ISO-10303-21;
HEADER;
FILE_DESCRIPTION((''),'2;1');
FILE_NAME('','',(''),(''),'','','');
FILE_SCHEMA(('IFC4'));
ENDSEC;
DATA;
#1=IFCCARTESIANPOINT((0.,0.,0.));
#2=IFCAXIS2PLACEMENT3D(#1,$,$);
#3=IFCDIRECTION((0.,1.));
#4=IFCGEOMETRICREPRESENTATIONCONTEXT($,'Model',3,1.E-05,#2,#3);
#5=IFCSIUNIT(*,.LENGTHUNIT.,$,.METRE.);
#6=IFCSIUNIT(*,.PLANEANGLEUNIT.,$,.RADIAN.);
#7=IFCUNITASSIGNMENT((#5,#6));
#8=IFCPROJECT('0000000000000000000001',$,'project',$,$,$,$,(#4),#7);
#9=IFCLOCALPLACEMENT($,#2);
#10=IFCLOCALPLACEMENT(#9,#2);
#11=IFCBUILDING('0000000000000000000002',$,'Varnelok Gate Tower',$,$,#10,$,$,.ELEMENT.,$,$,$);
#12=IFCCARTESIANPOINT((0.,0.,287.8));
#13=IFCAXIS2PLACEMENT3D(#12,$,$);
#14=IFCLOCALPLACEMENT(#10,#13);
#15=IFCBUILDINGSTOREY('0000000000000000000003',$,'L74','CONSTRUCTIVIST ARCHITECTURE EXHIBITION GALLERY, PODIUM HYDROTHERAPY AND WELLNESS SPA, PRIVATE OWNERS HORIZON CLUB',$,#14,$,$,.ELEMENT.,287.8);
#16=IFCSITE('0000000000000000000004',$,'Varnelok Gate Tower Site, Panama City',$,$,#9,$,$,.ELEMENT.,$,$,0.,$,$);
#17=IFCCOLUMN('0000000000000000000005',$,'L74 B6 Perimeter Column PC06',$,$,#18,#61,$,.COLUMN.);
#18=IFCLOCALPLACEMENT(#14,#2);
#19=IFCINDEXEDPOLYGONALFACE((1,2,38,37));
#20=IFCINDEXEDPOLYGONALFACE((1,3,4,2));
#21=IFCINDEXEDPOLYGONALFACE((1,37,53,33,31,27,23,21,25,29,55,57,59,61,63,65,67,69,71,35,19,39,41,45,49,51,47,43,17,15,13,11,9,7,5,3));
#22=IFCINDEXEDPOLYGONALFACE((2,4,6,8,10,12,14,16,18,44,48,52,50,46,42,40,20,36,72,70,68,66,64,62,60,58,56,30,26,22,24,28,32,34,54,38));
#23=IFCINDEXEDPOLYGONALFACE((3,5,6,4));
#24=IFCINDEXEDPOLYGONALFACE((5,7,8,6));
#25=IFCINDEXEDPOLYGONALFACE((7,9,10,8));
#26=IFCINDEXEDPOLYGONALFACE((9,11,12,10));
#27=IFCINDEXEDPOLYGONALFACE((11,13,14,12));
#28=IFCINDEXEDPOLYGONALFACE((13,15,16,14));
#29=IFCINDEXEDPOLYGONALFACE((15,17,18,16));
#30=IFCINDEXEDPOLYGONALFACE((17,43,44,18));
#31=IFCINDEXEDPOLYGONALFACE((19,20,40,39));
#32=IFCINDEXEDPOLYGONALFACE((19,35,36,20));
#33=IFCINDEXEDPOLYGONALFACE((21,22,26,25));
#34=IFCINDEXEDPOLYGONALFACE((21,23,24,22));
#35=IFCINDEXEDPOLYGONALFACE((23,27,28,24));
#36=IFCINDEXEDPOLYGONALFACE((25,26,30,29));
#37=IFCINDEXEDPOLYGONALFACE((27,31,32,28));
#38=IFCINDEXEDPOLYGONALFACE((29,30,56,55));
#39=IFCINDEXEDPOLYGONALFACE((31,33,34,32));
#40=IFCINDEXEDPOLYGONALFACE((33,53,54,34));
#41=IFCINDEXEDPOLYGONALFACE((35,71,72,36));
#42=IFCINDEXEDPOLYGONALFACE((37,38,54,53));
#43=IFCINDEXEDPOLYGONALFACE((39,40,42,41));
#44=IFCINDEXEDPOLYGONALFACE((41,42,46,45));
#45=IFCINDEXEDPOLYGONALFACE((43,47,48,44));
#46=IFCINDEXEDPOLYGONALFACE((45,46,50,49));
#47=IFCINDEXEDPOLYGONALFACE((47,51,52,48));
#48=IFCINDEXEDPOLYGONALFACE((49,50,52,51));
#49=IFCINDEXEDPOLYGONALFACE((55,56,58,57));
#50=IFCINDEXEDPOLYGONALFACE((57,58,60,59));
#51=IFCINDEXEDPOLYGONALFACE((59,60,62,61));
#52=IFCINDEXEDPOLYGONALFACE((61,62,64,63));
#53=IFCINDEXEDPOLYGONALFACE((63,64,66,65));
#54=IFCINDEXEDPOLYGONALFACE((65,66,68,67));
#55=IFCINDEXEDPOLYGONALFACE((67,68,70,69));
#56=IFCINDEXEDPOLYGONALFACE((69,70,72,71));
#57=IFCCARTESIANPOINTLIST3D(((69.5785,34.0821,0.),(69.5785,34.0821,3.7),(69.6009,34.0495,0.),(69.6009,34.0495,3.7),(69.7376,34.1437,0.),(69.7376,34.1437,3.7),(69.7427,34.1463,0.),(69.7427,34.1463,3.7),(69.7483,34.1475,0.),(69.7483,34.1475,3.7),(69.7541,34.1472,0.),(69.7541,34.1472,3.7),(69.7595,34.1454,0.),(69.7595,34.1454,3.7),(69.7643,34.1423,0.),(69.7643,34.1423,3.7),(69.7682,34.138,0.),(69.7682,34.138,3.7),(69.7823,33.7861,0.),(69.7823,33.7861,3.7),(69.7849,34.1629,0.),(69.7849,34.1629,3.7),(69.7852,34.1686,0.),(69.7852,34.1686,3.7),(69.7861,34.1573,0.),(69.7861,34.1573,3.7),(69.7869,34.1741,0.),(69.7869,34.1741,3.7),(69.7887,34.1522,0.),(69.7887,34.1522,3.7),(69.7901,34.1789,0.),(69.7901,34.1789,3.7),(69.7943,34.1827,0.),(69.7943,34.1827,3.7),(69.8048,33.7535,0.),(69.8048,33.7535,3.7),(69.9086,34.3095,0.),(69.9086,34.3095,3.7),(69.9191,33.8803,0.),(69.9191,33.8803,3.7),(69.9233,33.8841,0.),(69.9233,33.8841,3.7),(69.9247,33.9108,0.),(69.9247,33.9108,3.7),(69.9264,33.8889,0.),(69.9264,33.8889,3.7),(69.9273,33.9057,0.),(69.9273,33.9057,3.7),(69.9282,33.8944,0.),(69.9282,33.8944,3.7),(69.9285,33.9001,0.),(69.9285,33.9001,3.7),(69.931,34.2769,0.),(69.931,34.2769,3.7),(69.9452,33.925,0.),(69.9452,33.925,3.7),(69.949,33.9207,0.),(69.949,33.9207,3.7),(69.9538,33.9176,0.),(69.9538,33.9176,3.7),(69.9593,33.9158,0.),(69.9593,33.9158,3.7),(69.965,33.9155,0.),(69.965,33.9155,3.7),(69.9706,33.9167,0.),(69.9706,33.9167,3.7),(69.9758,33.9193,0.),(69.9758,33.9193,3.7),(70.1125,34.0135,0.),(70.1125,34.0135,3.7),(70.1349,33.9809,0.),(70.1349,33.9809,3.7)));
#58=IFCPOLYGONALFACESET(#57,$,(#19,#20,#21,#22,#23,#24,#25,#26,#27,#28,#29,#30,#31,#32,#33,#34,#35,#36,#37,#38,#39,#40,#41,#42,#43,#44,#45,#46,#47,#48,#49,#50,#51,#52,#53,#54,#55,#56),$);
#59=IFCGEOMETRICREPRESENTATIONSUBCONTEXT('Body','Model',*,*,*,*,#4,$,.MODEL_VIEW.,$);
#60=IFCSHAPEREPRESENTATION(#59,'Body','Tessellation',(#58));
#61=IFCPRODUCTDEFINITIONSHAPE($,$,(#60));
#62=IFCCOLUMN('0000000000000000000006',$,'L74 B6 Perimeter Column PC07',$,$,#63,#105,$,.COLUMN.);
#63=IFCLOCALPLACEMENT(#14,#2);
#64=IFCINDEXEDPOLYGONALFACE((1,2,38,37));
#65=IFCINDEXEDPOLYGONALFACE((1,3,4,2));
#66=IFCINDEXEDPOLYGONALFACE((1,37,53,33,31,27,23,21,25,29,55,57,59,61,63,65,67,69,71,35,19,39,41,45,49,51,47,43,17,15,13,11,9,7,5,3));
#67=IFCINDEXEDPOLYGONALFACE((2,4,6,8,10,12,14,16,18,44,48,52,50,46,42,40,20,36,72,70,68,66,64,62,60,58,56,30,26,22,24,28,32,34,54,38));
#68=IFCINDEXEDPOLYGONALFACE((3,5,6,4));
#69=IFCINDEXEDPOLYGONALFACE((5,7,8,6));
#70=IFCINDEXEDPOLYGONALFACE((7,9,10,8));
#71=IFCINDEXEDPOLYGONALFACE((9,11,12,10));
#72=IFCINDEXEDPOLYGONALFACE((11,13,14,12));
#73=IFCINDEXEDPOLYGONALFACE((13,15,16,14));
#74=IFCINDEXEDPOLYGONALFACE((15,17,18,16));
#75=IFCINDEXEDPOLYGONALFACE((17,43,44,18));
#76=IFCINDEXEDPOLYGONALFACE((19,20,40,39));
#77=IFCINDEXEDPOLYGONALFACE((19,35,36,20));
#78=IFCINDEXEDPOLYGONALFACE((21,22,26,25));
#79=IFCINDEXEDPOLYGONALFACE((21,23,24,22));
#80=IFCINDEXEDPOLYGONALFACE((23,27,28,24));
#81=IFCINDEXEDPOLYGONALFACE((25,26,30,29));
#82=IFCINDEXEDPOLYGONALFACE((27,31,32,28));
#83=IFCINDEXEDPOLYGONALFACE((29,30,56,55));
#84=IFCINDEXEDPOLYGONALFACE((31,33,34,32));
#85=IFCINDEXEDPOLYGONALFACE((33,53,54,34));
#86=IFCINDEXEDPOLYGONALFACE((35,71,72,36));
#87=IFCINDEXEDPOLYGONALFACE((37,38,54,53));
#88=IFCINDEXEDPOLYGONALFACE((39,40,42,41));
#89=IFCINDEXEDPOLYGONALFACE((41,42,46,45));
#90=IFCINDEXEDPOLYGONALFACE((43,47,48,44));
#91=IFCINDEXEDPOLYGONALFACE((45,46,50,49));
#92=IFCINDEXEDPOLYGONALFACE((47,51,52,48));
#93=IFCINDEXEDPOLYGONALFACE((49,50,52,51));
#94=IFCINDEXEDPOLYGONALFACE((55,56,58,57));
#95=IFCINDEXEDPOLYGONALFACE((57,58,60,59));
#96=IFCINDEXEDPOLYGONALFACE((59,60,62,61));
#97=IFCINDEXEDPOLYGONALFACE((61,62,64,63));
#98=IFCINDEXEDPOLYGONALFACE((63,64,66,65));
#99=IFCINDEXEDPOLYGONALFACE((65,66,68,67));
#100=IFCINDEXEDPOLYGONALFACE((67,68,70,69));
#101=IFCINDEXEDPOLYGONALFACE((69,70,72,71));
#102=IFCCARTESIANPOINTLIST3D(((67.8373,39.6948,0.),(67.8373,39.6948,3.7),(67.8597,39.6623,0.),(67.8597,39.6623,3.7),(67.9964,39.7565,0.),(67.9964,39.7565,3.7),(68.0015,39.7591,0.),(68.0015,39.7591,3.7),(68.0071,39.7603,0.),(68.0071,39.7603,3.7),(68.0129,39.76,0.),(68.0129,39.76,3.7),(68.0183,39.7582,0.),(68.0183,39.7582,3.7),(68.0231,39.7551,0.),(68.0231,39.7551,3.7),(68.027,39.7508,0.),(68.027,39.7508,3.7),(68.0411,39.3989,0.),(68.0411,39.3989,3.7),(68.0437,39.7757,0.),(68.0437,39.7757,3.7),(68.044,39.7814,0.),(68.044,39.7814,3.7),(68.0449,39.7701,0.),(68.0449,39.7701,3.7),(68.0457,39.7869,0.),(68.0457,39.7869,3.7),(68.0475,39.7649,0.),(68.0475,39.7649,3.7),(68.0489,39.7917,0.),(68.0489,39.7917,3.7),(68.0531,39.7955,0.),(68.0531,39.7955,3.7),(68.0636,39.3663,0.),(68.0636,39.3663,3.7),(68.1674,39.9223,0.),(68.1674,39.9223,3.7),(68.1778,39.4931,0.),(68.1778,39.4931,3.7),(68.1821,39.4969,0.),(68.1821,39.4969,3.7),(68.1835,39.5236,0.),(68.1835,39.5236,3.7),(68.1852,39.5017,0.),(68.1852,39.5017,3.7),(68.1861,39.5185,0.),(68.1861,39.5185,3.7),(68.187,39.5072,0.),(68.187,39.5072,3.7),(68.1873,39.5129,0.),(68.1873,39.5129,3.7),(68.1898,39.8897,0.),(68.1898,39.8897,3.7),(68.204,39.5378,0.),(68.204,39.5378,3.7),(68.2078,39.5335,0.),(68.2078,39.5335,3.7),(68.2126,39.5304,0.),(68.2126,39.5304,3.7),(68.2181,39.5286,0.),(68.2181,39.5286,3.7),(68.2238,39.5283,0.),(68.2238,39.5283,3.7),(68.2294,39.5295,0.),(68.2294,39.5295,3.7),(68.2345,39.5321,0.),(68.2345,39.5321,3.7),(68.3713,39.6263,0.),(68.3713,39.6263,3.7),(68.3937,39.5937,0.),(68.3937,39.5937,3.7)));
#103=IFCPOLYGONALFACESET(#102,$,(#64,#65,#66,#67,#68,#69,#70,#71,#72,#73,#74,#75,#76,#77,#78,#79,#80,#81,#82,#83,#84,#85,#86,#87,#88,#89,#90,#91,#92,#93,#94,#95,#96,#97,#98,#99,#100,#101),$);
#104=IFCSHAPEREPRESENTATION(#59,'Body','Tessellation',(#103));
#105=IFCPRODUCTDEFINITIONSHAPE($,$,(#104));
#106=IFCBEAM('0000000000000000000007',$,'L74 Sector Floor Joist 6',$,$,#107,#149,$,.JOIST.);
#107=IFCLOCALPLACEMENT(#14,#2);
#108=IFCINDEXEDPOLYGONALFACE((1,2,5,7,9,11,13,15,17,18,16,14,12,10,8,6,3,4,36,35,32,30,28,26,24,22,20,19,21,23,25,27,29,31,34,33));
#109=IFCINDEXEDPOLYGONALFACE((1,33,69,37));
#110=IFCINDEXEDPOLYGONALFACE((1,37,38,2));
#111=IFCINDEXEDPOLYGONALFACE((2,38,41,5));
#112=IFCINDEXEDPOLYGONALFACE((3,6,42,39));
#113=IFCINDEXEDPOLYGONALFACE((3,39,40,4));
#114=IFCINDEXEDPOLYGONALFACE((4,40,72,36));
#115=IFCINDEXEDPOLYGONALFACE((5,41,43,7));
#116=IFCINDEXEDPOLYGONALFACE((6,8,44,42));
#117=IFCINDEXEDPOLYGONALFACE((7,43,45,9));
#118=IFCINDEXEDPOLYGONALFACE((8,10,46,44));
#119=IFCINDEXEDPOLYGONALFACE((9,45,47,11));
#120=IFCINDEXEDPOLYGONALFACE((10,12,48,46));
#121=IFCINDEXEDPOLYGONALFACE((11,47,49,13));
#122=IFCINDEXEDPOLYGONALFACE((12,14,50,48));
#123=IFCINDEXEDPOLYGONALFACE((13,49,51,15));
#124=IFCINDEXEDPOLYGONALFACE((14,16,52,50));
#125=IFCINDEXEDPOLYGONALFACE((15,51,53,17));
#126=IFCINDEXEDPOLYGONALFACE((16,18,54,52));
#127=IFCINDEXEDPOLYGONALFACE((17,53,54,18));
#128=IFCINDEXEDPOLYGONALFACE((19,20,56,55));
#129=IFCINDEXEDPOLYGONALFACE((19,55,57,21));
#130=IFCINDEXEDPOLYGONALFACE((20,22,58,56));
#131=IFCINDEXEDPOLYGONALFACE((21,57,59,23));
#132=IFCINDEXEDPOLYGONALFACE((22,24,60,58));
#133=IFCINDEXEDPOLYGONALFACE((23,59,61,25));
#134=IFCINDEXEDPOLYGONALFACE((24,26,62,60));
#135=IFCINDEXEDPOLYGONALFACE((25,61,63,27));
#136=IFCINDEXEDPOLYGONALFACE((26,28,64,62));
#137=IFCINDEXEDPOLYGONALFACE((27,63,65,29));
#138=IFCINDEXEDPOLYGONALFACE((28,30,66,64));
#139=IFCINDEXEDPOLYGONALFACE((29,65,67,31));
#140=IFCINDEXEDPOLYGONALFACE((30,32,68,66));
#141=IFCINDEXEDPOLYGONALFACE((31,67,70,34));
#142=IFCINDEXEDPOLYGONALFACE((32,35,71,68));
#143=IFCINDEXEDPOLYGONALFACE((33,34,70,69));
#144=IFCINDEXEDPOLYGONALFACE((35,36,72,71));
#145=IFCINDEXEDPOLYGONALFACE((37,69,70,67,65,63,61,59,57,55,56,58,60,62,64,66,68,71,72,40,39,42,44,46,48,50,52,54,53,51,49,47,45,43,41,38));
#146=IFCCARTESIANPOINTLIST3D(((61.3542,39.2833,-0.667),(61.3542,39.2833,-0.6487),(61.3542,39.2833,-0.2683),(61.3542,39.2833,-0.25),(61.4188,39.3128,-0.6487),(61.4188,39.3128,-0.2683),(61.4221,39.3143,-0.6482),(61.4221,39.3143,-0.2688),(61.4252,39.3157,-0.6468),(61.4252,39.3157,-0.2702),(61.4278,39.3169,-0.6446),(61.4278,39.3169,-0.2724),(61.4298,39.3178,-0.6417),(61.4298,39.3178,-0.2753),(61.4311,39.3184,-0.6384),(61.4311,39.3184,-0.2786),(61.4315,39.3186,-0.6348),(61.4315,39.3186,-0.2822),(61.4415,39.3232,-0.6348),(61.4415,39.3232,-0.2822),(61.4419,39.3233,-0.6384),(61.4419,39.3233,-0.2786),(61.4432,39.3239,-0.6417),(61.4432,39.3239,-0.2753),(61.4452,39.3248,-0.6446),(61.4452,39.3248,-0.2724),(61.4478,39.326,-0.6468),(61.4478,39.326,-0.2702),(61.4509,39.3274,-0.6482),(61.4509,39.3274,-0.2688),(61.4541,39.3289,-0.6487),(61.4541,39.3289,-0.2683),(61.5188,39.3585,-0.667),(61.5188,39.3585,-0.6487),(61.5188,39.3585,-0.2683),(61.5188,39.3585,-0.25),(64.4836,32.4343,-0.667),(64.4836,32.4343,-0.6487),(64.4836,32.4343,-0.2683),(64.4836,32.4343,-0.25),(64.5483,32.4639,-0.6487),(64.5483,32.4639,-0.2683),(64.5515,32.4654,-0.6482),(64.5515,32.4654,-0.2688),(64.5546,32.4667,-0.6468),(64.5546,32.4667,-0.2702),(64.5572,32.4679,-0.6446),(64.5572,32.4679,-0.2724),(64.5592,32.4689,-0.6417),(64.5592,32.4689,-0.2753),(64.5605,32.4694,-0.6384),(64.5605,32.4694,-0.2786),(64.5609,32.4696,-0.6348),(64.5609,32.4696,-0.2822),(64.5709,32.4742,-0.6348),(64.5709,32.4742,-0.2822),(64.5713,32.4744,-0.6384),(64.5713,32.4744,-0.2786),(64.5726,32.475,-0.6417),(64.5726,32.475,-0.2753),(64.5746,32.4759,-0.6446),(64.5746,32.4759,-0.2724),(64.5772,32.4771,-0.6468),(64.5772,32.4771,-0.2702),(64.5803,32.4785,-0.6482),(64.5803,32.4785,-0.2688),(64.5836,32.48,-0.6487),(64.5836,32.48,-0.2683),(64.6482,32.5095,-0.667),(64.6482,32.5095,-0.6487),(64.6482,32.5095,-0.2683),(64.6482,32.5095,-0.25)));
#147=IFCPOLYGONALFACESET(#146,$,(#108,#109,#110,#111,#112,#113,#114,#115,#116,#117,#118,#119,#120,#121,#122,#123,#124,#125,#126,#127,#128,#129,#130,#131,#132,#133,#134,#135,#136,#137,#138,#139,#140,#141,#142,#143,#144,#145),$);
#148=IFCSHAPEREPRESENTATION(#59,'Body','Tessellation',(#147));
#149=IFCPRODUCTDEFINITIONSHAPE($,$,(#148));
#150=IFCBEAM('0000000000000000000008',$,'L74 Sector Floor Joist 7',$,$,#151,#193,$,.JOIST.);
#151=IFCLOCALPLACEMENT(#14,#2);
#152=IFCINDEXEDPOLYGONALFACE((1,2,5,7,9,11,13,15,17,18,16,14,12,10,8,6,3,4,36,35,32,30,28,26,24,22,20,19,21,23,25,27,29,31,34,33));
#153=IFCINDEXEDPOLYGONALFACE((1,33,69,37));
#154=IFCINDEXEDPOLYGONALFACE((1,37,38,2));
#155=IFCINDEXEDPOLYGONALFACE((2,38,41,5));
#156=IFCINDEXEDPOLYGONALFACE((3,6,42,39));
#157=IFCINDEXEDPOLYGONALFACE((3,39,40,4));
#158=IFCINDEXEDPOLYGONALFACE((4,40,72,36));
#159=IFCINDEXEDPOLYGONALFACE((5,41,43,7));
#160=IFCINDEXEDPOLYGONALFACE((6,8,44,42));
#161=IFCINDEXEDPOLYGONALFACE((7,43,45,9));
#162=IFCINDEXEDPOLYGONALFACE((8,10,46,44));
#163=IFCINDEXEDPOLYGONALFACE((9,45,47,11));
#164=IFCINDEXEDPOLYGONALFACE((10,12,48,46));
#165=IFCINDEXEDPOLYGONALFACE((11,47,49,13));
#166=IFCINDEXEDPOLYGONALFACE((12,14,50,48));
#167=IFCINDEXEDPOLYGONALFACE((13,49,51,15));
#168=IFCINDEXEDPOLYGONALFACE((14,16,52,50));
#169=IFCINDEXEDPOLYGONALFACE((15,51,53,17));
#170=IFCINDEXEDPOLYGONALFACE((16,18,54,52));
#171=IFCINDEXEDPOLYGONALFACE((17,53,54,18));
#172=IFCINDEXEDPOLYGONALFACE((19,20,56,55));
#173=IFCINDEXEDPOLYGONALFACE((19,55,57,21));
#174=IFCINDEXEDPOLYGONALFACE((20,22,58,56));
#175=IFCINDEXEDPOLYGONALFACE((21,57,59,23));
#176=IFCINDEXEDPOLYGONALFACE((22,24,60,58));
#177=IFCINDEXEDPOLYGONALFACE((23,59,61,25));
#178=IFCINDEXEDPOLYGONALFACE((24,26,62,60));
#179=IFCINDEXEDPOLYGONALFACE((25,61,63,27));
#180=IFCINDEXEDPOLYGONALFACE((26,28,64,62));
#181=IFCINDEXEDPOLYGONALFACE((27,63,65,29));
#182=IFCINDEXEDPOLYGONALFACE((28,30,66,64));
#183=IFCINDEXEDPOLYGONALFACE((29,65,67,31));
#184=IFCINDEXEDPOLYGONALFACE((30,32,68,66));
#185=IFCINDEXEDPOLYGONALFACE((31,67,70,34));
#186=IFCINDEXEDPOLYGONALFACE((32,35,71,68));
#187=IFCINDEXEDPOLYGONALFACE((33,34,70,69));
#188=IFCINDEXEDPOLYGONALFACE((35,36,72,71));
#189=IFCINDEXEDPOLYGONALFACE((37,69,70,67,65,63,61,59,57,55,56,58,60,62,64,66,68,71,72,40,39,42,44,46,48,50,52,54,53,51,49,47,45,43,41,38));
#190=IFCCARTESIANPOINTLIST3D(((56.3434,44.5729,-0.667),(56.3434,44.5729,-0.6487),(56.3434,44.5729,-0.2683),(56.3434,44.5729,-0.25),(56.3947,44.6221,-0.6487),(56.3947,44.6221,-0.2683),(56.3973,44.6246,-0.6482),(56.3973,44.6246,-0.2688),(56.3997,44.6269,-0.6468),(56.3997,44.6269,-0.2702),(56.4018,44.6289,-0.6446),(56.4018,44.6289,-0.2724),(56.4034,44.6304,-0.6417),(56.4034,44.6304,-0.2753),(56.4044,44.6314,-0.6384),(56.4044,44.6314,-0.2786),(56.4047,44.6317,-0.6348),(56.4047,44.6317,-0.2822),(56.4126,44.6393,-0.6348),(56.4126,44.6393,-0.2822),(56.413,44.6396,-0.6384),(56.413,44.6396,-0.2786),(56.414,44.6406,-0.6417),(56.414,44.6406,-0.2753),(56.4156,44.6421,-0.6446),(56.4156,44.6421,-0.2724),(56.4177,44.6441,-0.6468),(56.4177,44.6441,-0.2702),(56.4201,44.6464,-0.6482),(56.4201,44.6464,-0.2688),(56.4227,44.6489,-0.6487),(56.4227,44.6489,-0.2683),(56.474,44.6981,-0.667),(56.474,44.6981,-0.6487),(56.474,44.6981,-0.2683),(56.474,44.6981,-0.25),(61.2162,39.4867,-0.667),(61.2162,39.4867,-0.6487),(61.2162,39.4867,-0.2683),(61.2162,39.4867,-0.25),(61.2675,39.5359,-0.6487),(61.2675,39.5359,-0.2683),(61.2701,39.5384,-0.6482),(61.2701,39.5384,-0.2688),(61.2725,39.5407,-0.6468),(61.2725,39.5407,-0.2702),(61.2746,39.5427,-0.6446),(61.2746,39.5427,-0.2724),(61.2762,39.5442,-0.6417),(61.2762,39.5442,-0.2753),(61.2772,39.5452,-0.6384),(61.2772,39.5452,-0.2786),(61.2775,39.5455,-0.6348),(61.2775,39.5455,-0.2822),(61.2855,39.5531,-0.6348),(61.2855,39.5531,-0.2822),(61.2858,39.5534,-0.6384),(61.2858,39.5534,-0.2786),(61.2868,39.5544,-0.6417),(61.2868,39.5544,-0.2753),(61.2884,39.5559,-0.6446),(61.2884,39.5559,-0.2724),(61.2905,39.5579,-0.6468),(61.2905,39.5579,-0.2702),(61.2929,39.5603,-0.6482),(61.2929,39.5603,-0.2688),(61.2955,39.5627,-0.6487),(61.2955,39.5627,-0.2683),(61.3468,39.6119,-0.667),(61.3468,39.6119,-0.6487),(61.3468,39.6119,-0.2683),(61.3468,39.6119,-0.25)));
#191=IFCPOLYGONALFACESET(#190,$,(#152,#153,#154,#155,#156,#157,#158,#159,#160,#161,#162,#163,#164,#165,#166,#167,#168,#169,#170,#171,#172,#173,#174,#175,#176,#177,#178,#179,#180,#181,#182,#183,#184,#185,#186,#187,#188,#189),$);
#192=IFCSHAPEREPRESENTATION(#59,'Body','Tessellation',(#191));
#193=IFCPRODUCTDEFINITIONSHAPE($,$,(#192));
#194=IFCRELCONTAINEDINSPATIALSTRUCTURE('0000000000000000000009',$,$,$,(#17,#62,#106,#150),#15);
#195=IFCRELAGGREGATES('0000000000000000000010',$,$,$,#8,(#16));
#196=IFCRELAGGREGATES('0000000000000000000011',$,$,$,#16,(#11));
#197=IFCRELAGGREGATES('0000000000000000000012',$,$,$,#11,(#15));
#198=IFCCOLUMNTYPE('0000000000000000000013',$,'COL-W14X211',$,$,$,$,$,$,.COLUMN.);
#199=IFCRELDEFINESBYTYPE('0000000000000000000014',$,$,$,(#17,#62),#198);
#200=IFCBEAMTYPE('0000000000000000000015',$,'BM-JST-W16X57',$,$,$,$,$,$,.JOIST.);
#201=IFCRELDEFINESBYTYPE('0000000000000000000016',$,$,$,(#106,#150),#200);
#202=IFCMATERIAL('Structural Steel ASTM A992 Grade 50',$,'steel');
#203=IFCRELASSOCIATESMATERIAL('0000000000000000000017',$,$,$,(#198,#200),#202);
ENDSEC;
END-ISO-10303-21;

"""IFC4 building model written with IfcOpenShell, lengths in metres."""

from ifc_helpers import new_model, si_unit, direction, frame, origin, origin_2d, place, context, subcontext, project, spatial, i_section, extrude, material, material_profile, profile_set, type_object, element, save


model = new_model("IFC4")

# Units and contexts
model_context = context("Model", 3, precision=1e-05, world=origin(), true_north=direction((0.0, 1.0)))
body_context = subcontext(model_context, "Body", "Model", "MODEL_VIEW")
ifc_project = project(units=[si_unit("LENGTHUNIT", "METRE"), si_unit("PLANEANGLEUNIT", "RADIAN")], contexts=[model_context])

# Site, building, storey
site_placement = place(None, origin())
site = spatial("IfcSite", under=ifc_project, at=site_placement, Name="Varnelok Gate Tower Site, Panama City", CompositionType="ELEMENT", RefElevation=0.0)
building_placement = place(site_placement, origin())
building = spatial("IfcBuilding", under=site, at=building_placement, Name="Varnelok Gate Tower", CompositionType="ELEMENT")
storey_placement = place(building_placement, frame((0.0, 0.0, 287.8)))
storey = spatial("IfcBuildingStorey", under=building, at=storey_placement, Name="L74", Description="CONSTRUCTIVIST ARCHITECTURE EXHIBITION GALLERY, PODIUM HYDROTHERAPY AND WELLNESS SPA, PRIVATE OWNERS HORIZON CLUB", CompositionType="ELEMENT", Elevation=287.8)

# Columns
ifc_material_1 = material(Name="Structural Steel ASTM A992 Grade 50", Category="steel")
ifc_material_profile_1 = material_profile(ifc_material_1, i_section(OverallWidth=0.4009, OverallDepth=0.3989, WebThickness=0.0249, FlangeThickness=0.0396, FilletRadius=0.022, at=origin_2d()), Name="W14X211")
ifc_profile_set_1 = profile_set([ifc_material_profile_1], Name="Structural Steel ASTM A992 Grade 50")
column_type = type_object("IfcColumnType", Name="COL-W14X211", PredefinedType="COLUMN", material=ifc_profile_set_1)
for number, where, z_axis, x_axis, name in (
    (1, (69.8567, 34.0315, 0.0), (0.0, 0.0, 1.0), (0.823533, 0.567269, 0.0), "L74 B6 Perimeter Column PC06"),
    (2, (68.1155, 39.6443, 0.0), (0.0, 0.0, 1.0), (0.823533, 0.567269, 0.0), "L74 B6 Perimeter Column PC07"),
):
    element("IfcColumn", number, at=place(storey_placement, frame(where, z_axis=z_axis, x_axis=x_axis)), inside=storey, type_object=column_type, Name=name, PredefinedType="COLUMN", context=body_context, shape_type="SweptSolid", body=[
        extrude(i_section(OverallWidth=0.4009, OverallDepth=0.3989, WebThickness=0.0249, FlangeThickness=0.0396, FilletRadius=0.022, at=origin_2d()), origin(), (0.0, 0.0, 1.0), 3.7),
    ])

# Beams
ifc_material_profile_2 = material_profile(ifc_material_1, i_section(OverallWidth=0.1809, OverallDepth=0.417, WebThickness=0.011, FlangeThickness=0.0183, FilletRadius=0.0139, at=origin_2d()), Name="W16X57")
ifc_profile_set_2 = profile_set([ifc_material_profile_2], Name="Structural Steel ASTM A992 Grade 50")
beam_type_1 = type_object("IfcBeamType", Name="BM-JST-W16X57", PredefinedType="JOIST", material=ifc_profile_set_2)
beam_1_placement = place(storey_placement, frame((64.5659, 32.4719, -0.4585), z_axis=(-0.415593, 0.909551, 0.0), x_axis=(-0.909551, -0.415593, 0.0)))
element("IfcBeam", 3, at=beam_1_placement, inside=storey, type_object=beam_type_1, Name="L74 Sector Floor Joist 6", PredefinedType="JOIST", context=body_context, shape_type="SweptSolid", body=[
    extrude(i_section(OverallWidth=0.1809, OverallDepth=0.417, WebThickness=0.011, FlangeThickness=0.0183, FilletRadius=0.0139, at=origin_2d()), origin(), (0.0, 0.0, 1.0), 7.53),
])
beam_2_placement = place(storey_placement, frame((61.2815, 39.5493, -0.4585), z_axis=(-0.691798, 0.722091, 0.0), x_axis=(-0.722091, -0.691798, 0.0)))
element("IfcBeam", 4, at=beam_2_placement, inside=storey, type_object=beam_type_1, Name="L74 Sector Floor Joist 7", PredefinedType="JOIST", context=body_context, shape_type="SweptSolid", body=[
    extrude(i_section(OverallWidth=0.1809, OverallDepth=0.417, WebThickness=0.011, FlangeThickness=0.0183, FilletRadius=0.0139, at=origin_2d()), origin(), (0.0, 0.0, 1.0), 7.0437),
])

save(model, "model.ifc")
